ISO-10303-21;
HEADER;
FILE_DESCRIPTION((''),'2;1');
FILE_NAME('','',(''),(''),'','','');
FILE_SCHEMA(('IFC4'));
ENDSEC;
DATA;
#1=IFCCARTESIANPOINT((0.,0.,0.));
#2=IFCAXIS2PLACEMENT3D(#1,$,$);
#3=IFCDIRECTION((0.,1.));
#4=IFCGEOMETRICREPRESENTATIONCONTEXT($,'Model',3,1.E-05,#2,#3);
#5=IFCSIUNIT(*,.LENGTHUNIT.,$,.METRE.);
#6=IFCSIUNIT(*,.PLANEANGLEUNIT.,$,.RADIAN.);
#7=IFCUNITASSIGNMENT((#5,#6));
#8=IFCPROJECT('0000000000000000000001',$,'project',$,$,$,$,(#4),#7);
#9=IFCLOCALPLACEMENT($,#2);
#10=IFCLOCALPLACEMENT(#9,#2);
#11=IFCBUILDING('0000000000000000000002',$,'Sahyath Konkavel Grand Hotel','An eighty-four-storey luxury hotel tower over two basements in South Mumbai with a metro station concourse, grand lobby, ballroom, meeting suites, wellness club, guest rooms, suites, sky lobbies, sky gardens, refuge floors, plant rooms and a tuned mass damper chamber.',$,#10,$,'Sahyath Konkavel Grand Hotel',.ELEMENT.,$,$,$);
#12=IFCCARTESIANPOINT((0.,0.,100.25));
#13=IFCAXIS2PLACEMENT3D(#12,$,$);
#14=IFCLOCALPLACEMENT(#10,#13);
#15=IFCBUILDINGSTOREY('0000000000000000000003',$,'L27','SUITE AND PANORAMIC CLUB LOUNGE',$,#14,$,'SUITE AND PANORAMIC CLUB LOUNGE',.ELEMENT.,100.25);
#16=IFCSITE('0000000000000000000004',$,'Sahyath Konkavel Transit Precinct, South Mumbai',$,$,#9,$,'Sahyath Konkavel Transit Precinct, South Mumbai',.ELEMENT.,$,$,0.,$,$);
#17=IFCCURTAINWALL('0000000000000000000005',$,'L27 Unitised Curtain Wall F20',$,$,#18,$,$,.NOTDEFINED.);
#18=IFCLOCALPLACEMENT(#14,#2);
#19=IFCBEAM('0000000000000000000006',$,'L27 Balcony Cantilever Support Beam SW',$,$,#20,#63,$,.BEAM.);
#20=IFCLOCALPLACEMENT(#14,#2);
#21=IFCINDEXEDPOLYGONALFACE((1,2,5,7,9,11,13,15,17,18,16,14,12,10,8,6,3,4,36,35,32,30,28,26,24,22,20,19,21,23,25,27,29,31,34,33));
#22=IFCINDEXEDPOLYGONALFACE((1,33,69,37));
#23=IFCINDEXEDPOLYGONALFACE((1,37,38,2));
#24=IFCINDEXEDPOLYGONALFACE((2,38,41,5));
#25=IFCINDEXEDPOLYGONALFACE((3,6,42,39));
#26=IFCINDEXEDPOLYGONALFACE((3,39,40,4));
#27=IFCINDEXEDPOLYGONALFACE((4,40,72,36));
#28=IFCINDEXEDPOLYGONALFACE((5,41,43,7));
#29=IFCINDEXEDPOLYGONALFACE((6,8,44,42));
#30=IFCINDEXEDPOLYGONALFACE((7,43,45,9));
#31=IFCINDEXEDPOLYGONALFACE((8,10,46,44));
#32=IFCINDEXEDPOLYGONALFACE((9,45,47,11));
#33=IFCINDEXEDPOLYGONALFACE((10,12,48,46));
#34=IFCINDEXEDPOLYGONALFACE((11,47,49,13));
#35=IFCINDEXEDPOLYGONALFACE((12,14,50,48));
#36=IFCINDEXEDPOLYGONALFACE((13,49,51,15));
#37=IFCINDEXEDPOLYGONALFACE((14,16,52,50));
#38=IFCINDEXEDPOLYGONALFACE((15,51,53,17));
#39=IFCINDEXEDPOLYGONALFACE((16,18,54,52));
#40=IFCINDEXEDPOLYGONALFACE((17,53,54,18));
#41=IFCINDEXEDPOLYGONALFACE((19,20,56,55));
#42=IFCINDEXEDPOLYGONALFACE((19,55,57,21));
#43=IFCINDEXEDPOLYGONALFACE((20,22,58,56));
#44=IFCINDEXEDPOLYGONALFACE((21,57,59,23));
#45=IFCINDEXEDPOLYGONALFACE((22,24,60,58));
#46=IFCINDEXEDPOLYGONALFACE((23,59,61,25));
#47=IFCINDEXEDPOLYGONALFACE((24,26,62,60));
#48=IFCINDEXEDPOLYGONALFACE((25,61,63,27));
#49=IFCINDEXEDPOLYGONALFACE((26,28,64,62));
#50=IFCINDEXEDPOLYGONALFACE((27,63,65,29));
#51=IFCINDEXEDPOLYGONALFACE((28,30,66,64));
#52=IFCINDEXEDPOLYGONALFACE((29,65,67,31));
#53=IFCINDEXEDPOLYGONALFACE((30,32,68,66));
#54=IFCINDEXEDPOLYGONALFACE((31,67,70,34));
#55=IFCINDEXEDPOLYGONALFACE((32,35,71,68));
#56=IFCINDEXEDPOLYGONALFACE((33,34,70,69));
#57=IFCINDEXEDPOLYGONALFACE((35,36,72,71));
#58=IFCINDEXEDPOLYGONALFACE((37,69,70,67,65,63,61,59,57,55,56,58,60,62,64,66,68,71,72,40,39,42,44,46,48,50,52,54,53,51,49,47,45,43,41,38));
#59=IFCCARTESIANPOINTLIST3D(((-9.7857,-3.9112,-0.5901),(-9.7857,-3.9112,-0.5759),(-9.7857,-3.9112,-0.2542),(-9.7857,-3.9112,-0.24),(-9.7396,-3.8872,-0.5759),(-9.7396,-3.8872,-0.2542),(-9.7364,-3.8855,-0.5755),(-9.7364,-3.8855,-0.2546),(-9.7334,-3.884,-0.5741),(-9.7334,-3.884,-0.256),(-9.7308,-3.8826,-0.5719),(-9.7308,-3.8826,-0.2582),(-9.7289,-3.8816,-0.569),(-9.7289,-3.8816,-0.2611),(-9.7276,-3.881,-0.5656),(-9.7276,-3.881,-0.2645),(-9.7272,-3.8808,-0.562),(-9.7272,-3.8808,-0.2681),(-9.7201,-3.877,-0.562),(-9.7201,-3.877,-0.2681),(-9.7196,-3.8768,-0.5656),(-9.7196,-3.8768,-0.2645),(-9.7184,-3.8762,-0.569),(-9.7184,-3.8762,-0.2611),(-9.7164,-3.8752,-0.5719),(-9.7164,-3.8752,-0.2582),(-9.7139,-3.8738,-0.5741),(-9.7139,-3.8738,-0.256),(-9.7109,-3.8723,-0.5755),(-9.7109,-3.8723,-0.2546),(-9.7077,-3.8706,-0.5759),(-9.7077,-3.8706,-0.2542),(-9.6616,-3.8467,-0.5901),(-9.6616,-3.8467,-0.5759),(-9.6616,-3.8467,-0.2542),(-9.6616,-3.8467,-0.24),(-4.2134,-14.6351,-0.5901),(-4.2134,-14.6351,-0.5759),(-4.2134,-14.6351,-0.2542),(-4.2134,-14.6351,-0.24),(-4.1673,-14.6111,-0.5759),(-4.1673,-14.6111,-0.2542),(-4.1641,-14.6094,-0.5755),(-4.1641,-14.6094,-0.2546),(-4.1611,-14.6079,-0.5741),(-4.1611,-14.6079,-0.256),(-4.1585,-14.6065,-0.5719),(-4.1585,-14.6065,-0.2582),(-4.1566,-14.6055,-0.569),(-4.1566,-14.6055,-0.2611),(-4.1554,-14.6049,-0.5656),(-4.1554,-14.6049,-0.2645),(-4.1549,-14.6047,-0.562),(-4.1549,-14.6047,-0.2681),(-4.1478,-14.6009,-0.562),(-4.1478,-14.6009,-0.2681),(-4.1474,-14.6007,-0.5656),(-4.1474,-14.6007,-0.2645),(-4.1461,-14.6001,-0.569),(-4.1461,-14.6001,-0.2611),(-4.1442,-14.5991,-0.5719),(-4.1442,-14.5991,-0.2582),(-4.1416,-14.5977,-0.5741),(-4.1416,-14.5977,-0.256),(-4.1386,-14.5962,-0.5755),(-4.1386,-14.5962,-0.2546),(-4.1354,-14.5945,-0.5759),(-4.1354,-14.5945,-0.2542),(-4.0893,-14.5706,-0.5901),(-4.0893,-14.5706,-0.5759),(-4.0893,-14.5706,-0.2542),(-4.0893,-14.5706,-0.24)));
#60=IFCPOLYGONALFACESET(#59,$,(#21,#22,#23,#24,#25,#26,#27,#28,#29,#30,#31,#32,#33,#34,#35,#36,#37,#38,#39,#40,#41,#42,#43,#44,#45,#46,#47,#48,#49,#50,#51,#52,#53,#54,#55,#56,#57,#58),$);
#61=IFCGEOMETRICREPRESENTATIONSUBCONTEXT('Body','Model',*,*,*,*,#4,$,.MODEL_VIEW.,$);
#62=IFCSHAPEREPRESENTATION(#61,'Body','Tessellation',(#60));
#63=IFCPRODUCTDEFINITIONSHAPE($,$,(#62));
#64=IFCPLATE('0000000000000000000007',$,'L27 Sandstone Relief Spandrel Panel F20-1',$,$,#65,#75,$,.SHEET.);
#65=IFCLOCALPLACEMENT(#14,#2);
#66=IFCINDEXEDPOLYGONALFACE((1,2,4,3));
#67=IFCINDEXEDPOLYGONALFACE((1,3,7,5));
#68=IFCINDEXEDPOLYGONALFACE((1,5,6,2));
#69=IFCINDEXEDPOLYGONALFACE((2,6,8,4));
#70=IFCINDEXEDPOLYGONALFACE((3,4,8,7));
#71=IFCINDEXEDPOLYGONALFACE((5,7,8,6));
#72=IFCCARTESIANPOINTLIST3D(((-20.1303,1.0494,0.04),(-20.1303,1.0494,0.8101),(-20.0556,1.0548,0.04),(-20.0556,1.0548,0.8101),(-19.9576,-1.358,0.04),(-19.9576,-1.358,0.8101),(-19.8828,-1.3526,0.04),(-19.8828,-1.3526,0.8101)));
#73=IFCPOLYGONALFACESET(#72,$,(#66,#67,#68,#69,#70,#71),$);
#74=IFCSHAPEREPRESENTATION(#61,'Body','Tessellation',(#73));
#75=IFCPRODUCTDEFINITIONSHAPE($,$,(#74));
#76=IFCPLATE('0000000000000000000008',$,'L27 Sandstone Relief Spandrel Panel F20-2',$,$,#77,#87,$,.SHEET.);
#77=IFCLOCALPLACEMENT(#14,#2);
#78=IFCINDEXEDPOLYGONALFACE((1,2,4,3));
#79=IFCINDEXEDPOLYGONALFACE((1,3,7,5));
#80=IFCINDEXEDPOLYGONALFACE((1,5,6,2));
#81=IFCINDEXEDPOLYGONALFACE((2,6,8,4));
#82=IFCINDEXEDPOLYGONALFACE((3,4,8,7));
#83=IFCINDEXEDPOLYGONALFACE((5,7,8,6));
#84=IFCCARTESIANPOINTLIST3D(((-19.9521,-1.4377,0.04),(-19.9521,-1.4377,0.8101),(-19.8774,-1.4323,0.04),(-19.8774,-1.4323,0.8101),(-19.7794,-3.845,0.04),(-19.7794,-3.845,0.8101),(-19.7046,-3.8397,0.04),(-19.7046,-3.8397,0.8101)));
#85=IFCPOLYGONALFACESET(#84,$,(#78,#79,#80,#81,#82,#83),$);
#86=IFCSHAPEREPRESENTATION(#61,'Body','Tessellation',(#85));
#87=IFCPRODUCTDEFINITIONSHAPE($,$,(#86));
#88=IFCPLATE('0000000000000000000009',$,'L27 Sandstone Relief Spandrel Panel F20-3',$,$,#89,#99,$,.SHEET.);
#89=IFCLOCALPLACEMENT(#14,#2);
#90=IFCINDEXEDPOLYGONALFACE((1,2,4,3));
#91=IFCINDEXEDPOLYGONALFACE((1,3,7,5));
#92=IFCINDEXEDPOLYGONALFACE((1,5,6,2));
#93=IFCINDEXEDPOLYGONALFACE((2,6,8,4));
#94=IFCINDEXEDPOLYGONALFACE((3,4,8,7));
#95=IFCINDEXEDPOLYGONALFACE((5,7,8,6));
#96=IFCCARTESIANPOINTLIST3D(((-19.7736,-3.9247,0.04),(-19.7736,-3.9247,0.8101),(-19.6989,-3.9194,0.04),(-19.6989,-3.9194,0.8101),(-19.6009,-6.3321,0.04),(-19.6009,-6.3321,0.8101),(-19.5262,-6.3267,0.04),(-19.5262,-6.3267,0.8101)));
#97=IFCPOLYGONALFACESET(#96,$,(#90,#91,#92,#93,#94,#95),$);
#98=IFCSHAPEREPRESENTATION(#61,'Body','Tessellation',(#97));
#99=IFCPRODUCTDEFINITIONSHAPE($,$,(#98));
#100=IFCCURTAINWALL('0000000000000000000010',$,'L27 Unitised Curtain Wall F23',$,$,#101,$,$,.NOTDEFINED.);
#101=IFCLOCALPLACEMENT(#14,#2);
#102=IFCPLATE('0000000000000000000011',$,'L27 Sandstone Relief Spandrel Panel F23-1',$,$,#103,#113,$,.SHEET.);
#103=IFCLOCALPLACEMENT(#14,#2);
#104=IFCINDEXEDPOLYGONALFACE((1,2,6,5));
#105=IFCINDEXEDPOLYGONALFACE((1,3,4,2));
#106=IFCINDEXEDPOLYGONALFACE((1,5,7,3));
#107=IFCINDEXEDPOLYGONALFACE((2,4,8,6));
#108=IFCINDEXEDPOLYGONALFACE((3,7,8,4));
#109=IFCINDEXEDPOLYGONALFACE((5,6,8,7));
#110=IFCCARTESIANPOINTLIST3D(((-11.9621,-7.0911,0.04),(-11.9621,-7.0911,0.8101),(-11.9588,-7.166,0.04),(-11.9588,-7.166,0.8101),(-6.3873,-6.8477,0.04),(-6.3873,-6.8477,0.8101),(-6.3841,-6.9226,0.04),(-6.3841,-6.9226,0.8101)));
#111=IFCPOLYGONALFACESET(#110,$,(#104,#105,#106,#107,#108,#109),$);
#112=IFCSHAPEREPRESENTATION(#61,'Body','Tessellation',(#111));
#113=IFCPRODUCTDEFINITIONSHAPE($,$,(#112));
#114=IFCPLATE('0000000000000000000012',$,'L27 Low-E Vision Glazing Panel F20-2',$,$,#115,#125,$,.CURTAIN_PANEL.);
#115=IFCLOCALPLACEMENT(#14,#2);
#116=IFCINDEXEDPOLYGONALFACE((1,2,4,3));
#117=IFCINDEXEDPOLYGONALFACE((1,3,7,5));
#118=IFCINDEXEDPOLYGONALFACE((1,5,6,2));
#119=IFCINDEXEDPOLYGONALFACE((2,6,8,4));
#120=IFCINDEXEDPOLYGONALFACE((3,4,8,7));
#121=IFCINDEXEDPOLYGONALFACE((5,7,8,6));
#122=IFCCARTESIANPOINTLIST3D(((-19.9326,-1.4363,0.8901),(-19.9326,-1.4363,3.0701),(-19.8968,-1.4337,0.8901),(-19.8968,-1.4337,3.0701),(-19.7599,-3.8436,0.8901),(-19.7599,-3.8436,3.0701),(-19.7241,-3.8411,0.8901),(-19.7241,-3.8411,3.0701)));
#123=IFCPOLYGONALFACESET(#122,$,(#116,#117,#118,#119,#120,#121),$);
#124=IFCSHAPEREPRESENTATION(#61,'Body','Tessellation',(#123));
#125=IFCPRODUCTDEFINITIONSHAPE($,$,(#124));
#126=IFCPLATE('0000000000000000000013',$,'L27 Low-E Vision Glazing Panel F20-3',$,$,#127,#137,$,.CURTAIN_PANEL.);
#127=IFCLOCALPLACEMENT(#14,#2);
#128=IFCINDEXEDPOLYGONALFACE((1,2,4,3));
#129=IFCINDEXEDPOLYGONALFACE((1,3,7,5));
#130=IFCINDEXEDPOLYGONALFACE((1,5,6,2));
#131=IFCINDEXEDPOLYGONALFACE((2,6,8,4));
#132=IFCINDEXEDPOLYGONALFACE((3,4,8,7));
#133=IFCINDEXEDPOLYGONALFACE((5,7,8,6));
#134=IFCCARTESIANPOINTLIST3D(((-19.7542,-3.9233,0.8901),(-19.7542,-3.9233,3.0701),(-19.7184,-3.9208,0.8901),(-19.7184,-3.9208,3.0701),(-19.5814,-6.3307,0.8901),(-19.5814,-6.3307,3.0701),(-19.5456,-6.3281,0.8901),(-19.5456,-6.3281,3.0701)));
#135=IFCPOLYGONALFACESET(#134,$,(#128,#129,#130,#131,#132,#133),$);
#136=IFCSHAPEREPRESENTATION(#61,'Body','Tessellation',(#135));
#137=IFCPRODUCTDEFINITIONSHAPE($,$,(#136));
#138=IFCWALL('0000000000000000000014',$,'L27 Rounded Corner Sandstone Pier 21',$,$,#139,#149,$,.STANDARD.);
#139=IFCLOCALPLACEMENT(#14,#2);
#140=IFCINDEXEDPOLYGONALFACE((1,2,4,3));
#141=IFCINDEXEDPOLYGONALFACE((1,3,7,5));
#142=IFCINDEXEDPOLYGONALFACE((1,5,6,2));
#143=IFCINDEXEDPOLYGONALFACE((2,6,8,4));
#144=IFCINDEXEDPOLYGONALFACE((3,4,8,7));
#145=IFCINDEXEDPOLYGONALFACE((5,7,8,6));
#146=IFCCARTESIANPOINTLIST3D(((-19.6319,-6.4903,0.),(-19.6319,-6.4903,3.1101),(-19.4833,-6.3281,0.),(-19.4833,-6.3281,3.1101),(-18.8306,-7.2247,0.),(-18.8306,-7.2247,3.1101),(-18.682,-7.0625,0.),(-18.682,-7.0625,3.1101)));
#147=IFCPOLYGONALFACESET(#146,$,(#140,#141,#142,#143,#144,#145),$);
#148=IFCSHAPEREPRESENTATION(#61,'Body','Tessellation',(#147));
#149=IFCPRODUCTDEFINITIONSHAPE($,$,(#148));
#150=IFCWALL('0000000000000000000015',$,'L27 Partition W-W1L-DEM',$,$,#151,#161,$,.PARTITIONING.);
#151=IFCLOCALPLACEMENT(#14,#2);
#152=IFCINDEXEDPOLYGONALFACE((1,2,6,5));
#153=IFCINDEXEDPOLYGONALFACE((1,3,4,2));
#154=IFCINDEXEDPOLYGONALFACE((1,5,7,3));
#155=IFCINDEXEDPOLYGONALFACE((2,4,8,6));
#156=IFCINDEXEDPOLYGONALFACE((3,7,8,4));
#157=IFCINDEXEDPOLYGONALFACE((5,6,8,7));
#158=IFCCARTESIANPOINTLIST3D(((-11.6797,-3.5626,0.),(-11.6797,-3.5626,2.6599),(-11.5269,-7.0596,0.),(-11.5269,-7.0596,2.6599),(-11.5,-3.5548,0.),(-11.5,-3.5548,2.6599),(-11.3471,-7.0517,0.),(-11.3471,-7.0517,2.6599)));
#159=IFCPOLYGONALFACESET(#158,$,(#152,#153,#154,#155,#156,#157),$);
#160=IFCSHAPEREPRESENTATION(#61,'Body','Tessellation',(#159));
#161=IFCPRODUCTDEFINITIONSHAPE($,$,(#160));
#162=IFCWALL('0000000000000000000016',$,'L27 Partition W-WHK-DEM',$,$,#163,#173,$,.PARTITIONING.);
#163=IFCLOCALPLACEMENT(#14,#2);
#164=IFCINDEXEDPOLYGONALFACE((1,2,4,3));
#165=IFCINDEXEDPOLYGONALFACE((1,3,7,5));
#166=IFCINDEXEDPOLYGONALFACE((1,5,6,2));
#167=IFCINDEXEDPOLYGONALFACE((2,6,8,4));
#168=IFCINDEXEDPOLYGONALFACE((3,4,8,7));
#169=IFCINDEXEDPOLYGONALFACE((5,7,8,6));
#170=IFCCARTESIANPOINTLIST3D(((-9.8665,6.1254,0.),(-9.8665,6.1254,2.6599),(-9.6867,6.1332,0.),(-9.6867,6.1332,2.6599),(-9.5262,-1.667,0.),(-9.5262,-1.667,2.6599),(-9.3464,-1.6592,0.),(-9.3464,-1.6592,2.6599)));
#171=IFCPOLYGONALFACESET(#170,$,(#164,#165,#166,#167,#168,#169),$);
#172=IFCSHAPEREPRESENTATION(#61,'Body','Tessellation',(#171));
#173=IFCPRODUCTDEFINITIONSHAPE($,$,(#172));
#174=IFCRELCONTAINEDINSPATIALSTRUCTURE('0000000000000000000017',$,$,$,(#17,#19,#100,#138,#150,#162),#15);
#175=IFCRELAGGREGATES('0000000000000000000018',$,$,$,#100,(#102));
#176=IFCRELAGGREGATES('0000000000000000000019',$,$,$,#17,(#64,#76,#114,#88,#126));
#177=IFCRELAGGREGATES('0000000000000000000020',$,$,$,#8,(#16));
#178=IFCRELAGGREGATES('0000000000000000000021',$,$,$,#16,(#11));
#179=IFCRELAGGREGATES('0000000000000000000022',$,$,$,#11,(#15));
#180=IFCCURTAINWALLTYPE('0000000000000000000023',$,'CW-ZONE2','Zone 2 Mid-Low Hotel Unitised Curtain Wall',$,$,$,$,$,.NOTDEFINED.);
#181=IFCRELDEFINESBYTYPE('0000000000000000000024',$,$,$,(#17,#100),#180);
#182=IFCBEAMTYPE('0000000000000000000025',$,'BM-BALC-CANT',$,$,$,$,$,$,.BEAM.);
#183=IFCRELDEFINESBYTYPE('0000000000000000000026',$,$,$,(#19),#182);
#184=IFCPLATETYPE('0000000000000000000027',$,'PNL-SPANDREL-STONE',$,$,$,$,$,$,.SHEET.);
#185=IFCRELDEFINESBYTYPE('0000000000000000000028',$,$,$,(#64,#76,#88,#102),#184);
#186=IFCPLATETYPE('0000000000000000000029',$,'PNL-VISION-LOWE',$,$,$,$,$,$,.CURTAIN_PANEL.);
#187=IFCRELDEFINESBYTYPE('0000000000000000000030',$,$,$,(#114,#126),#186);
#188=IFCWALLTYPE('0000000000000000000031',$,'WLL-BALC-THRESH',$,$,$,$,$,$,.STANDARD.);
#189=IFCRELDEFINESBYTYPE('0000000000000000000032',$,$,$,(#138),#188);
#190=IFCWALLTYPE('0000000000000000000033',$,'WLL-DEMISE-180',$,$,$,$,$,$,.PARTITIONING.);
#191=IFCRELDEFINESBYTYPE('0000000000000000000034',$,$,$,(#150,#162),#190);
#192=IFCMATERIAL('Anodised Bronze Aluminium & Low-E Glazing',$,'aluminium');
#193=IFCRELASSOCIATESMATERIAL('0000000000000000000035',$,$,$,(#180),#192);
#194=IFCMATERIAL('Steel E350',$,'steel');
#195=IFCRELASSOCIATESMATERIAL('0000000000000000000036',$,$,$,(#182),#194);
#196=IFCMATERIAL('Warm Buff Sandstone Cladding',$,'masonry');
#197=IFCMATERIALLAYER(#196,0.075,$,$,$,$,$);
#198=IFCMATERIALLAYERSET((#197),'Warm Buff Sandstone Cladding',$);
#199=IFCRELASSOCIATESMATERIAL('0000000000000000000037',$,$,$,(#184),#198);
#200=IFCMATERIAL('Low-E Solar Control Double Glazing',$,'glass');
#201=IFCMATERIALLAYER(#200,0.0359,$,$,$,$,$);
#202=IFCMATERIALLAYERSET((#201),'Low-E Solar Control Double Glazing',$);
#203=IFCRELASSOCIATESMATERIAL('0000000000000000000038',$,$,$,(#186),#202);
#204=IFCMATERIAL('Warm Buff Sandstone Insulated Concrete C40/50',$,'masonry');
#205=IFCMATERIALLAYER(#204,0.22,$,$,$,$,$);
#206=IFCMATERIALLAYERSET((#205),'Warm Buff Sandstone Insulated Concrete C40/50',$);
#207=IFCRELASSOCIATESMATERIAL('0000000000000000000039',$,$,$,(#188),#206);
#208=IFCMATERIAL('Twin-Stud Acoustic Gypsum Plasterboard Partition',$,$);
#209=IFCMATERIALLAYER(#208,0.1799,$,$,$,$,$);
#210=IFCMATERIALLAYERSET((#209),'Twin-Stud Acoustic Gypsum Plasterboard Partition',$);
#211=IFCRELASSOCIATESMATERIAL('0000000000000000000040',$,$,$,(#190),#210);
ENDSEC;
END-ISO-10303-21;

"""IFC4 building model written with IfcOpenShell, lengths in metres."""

from ifc_helpers import new_model, si_unit, direction, frame, frame_2d, origin, origin_2d, place, context, subcontext, project, spatial, rectangle, i_section, extrude, source, transform, mapped, material, layer, layer_set, material_profile, profile_set, type_object, element, aggregate, save


model = new_model("IFC4")

# Units and contexts
model_context = context("Model", 3, precision=1e-05, world=origin(), true_north=direction((0.0, 1.0)))
body_context = subcontext(model_context, "Body", "Model", "MODEL_VIEW")
ifc_project = project(units=[si_unit("LENGTHUNIT", "METRE"), si_unit("PLANEANGLEUNIT", "RADIAN")], contexts=[model_context])

# Site, building, storey
site_placement = place(None, origin())
site = spatial("IfcSite", under=ifc_project, at=site_placement, Name="Sahyath Konkavel Transit Precinct, South Mumbai", LongName="Sahyath Konkavel Transit Precinct, South Mumbai", CompositionType="ELEMENT", RefElevation=0.0)
building_placement = place(site_placement, origin())
building = spatial("IfcBuilding", under=site, at=building_placement, Name="Sahyath Konkavel Grand Hotel", Description="An eighty-four-storey luxury hotel tower over two basements in South Mumbai with a metro station concourse, grand lobby, ballroom, meeting suites, wellness club, guest rooms, suites, sky lobbies, sky gardens, refuge floors, plant rooms and a tuned mass damper chamber.", LongName="Sahyath Konkavel Grand Hotel", CompositionType="ELEMENT")
storey_placement = place(building_placement, frame((0.0, 0.0, 100.25)))
storey = spatial("IfcBuildingStorey", under=building, at=storey_placement, Name="L27", Description="SUITE AND PANORAMIC CLUB LOUNGE", LongName="SUITE AND PANORAMIC CLUB LOUNGE", CompositionType="ELEMENT", Elevation=100.25)

# Shared definitions
ifc_material_1 = material(Name="Steel E350", Category="steel")

# Curtain wall
ifc_material_2 = material(Name="Anodised Bronze Aluminium & Low-E Glazing", Category="aluminium")
curtain_wall_type = type_object("IfcCurtainWallType", Name="CW-ZONE2", Description="Zone 2 Mid-Low Hotel Unitised Curtain Wall", PredefinedType="NOTDEFINED", material=ifc_material_2)
curtain_wall_1_placement = place(storey_placement, origin())
curtain_wall_1 = element("IfcCurtainWall", 1, at=curtain_wall_1_placement, inside=storey, type_object=curtain_wall_type, Name="L27 Unitised Curtain Wall F20", PredefinedType="NOTDEFINED")

# Beam
ifc_material_profile_1 = material_profile(ifc_material_1, i_section(OverallWidth=0.1399, OverallDepth=0.3501, WebThickness=0.0081, FlangeThickness=0.0142, FilletRadius=0.0139, at=origin_2d()), Name="ISMB 350")
ifc_profile_set_1 = profile_set([ifc_material_profile_1], Name="Steel E350")
beam_type_1 = type_object("IfcBeamType", Name="BM-BALC-CANT", PredefinedType="BEAM", material=ifc_profile_set_1)
shared_shape_1 = source(origin(), body_context, "Body", "SweptSolid", [
    extrude(i_section(OverallWidth=0.1399, OverallDepth=0.3501, WebThickness=0.0081, FlangeThickness=0.0142, FilletRadius=0.0139, at=origin_2d()), origin(), (0.0, 0.0, 1.0), 12.0852),
])
beam_1_placement = place(storey_placement, frame((-9.7236, -3.8789, -0.415), z_axis=(0.461082, -0.887357, 0.0), x_axis=(0.887357, 0.461082, 0.0)))
element("IfcBeam", 2, at=beam_1_placement, inside=storey, type_object=beam_type_1, Name="L27 Balcony Cantilever Support Beam SW", PredefinedType="BEAM", context=body_context, shape_type="MappedRepresentation", body=[
    mapped(shared_shape_1, transform((0.0, 0.0, 0.0), scale=1.0)),
])

# Plates
ifc_material_3 = material(Name="Warm Buff Sandstone Cladding", Category="masonry")
ifc_layer_1 = layer(ifc_material_3, 0.075)
ifc_layer_set_1 = layer_set([ifc_layer_1], Name="Warm Buff Sandstone Cladding")
plate_type_1 = type_object("IfcPlateType", Name="PNL-SPANDREL-STONE", PredefinedType="SHEET", material=ifc_layer_set_1)
shared_shape_2 = source(origin(), body_context, "Body", "SweptSolid", [
    extrude(rectangle(XDim=2.4136, YDim=0.075, at=origin_2d()), origin(), (0.0, 0.0, 1.0), 0.77),
])
plate_1_placement = place(storey_placement, frame((-20.0066, -0.1516, 0.04), z_axis=(0.0, 0.0, 1.0), x_axis=(0.071567, -0.997436, 0.0)))
plate_1 = element("IfcPlate", 3, at=plate_1_placement, type_object=plate_type_1, Name="L27 Sandstone Relief Spandrel Panel F20-1", PredefinedType="SHEET", context=body_context, shape_type="MappedRepresentation", body=[
    mapped(shared_shape_2, transform((0.0, 0.0, 0.0), scale=1.0)),
])
plate_2_placement = place(storey_placement, frame((-19.8284, -2.6387, 0.04), z_axis=(0.0, 0.0, 1.0), x_axis=(0.071567, -0.997436, 0.0)))
plate_2 = element("IfcPlate", 4, at=plate_2_placement, type_object=plate_type_1, Name="L27 Sandstone Relief Spandrel Panel F20-2", PredefinedType="SHEET", context=body_context, shape_type="MappedRepresentation", body=[
    mapped(shared_shape_2, transform((0.0, 0.0, 0.0), scale=1.0)),
])
plate_3_placement = place(storey_placement, frame((-19.6499, -5.1257, 0.04), z_axis=(0.0, 0.0, 1.0), x_axis=(0.071567, -0.997436, 0.0)))
plate_3 = element("IfcPlate", 5, at=plate_3_placement, type_object=plate_type_1, Name="L27 Sandstone Relief Spandrel Panel F20-3", PredefinedType="SHEET", context=body_context, shape_type="MappedRepresentation", body=[
    mapped(shared_shape_2, transform((0.0, 0.0, 0.0), scale=1.0)),
])

# Curtain wall, plate
curtain_wall_2_placement = place(storey_placement, origin())
curtain_wall_2 = element("IfcCurtainWall", 6, at=curtain_wall_2_placement, inside=storey, type_object=curtain_wall_type, Name="L27 Unitised Curtain Wall F23", PredefinedType="NOTDEFINED")
shared_shape_3 = source(origin(), body_context, "Body", "SweptSolid", [
    extrude(rectangle(XDim=5.5801, YDim=0.075, at=origin_2d()), origin(), (0.0, 0.0, 1.0), 0.77),
])
plate_4_placement = place(storey_placement, frame((-9.1731, -7.0068, 0.04), z_axis=(0.0, 0.0, 1.0), x_axis=(0.999048, 0.043619, 0.0)))
plate_4 = element("IfcPlate", 7, at=plate_4_placement, type_object=plate_type_1, Name="L27 Sandstone Relief Spandrel Panel F23-1", PredefinedType="SHEET", context=body_context, shape_type="MappedRepresentation", body=[
    mapped(shared_shape_3, transform((0.0, 0.0, 0.0), scale=1.0)),
])
aggregate(curtain_wall_2, [plate_4])

# Plates
ifc_material_4 = material(Name="Low-E Solar Control Double Glazing", Category="glass")
ifc_layer_2 = layer(ifc_material_4, 0.0359)
ifc_layer_set_2 = layer_set([ifc_layer_2], Name="Low-E Solar Control Double Glazing")
plate_type_2 = type_object("IfcPlateType", Name="PNL-VISION-LOWE", PredefinedType="CURTAIN_PANEL", material=ifc_layer_set_2)
shared_shape_4 = source(origin(), body_context, "Body", "SweptSolid", [
    extrude(rectangle(XDim=2.4136, YDim=0.0359, at=origin_2d()), origin(), (0.0, 0.0, 1.0), 2.1799),
])
plate_5_placement = place(storey_placement, frame((-19.8284, -2.6387, 0.8901), z_axis=(0.0, 0.0, 1.0), x_axis=(0.071567, -0.997436, 0.0)))
plate_5 = element("IfcPlate", 8, at=plate_5_placement, type_object=plate_type_2, Name="L27 Low-E Vision Glazing Panel F20-2", PredefinedType="CURTAIN_PANEL", context=body_context, shape_type="MappedRepresentation", body=[
    mapped(shared_shape_4, transform((0.0, 0.0, 0.0), scale=1.0)),
])
plate_6_placement = place(storey_placement, frame((-19.6499, -5.1257, 0.8901), z_axis=(0.0, 0.0, 1.0), x_axis=(0.071567, -0.997436, 0.0)))
plate_6 = element("IfcPlate", 9, at=plate_6_placement, type_object=plate_type_2, Name="L27 Low-E Vision Glazing Panel F20-3", PredefinedType="CURTAIN_PANEL", context=body_context, shape_type="MappedRepresentation", body=[
    mapped(shared_shape_4, transform((0.0, 0.0, 0.0), scale=1.0)),
])
aggregate(curtain_wall_1, [plate_1, plate_2, plate_5, plate_3, plate_6])

# Walls
ifc_material_5 = material(Name="Warm Buff Sandstone Insulated Concrete C40/50", Category="masonry")
ifc_layer_3 = layer(ifc_material_5, 0.22)
ifc_layer_set_3 = layer_set([ifc_layer_3], Name="Warm Buff Sandstone Insulated Concrete C40/50")
wall_type_1 = type_object("IfcWallType", Name="WLL-BALC-THRESH", PredefinedType="STANDARD", material=ifc_layer_set_3)
wall_1_placement = place(storey_placement, frame((-19.5576, -6.4092, 0.0), z_axis=(0.0, 0.0, 1.0), x_axis=(0.73721, -0.675664, 0.0)))
element("IfcWall", 10, at=wall_1_placement, inside=storey, type_object=wall_type_1, Name="L27 Rounded Corner Sandstone Pier 21", PredefinedType="STANDARD", context=body_context, shape_type="SweptSolid", body=[
    extrude(rectangle(XDim=1.0869, YDim=0.22, at=frame_2d((0.5435, 0.0))), origin(), (0.0, 0.0, 1.0), 3.1101),
])
ifc_material_6 = material(Name="Twin-Stud Acoustic Gypsum Plasterboard Partition")
ifc_layer_4 = layer(ifc_material_6, 0.1799)
ifc_layer_set_4 = layer_set([ifc_layer_4], Name="Twin-Stud Acoustic Gypsum Plasterboard Partition")
wall_type_2 = type_object("IfcWallType", Name="WLL-DEMISE-180", PredefinedType="PARTITIONING", material=ifc_layer_set_4)
wall_2_placement = place(storey_placement, frame((-11.5898, -3.5588, 0.0), z_axis=(0.0, 0.0, 1.0), x_axis=(0.043664, -0.999046, 0.0)))
element("IfcWall", 11, at=wall_2_placement, inside=storey, type_object=wall_type_2, Name="L27 Partition W-W1L-DEM", PredefinedType="PARTITIONING", context=body_context, shape_type="SweptSolid", body=[
    extrude(rectangle(XDim=3.5002, YDim=0.1799, at=frame_2d((1.75, 0.0))), origin(), (0.0, 0.0, 1.0), 2.6599),
])
wall_3_placement = place(storey_placement, frame((-9.4363, -1.6631, 0.0), z_axis=(0.0, 0.0, 1.0), x_axis=(-0.043633, 0.999048, 0.0)))
element("IfcWall", 12, at=wall_3_placement, inside=storey, type_object=wall_type_2, Name="L27 Partition W-WHK-DEM", PredefinedType="PARTITIONING", context=body_context, shape_type="SweptSolid", body=[
    extrude(rectangle(XDim=7.7998, YDim=0.1799, at=frame_2d((3.8999, 0.0))), origin(), (0.0, 0.0, 1.0), 2.6599),
])

save(model, "model.ifc")
